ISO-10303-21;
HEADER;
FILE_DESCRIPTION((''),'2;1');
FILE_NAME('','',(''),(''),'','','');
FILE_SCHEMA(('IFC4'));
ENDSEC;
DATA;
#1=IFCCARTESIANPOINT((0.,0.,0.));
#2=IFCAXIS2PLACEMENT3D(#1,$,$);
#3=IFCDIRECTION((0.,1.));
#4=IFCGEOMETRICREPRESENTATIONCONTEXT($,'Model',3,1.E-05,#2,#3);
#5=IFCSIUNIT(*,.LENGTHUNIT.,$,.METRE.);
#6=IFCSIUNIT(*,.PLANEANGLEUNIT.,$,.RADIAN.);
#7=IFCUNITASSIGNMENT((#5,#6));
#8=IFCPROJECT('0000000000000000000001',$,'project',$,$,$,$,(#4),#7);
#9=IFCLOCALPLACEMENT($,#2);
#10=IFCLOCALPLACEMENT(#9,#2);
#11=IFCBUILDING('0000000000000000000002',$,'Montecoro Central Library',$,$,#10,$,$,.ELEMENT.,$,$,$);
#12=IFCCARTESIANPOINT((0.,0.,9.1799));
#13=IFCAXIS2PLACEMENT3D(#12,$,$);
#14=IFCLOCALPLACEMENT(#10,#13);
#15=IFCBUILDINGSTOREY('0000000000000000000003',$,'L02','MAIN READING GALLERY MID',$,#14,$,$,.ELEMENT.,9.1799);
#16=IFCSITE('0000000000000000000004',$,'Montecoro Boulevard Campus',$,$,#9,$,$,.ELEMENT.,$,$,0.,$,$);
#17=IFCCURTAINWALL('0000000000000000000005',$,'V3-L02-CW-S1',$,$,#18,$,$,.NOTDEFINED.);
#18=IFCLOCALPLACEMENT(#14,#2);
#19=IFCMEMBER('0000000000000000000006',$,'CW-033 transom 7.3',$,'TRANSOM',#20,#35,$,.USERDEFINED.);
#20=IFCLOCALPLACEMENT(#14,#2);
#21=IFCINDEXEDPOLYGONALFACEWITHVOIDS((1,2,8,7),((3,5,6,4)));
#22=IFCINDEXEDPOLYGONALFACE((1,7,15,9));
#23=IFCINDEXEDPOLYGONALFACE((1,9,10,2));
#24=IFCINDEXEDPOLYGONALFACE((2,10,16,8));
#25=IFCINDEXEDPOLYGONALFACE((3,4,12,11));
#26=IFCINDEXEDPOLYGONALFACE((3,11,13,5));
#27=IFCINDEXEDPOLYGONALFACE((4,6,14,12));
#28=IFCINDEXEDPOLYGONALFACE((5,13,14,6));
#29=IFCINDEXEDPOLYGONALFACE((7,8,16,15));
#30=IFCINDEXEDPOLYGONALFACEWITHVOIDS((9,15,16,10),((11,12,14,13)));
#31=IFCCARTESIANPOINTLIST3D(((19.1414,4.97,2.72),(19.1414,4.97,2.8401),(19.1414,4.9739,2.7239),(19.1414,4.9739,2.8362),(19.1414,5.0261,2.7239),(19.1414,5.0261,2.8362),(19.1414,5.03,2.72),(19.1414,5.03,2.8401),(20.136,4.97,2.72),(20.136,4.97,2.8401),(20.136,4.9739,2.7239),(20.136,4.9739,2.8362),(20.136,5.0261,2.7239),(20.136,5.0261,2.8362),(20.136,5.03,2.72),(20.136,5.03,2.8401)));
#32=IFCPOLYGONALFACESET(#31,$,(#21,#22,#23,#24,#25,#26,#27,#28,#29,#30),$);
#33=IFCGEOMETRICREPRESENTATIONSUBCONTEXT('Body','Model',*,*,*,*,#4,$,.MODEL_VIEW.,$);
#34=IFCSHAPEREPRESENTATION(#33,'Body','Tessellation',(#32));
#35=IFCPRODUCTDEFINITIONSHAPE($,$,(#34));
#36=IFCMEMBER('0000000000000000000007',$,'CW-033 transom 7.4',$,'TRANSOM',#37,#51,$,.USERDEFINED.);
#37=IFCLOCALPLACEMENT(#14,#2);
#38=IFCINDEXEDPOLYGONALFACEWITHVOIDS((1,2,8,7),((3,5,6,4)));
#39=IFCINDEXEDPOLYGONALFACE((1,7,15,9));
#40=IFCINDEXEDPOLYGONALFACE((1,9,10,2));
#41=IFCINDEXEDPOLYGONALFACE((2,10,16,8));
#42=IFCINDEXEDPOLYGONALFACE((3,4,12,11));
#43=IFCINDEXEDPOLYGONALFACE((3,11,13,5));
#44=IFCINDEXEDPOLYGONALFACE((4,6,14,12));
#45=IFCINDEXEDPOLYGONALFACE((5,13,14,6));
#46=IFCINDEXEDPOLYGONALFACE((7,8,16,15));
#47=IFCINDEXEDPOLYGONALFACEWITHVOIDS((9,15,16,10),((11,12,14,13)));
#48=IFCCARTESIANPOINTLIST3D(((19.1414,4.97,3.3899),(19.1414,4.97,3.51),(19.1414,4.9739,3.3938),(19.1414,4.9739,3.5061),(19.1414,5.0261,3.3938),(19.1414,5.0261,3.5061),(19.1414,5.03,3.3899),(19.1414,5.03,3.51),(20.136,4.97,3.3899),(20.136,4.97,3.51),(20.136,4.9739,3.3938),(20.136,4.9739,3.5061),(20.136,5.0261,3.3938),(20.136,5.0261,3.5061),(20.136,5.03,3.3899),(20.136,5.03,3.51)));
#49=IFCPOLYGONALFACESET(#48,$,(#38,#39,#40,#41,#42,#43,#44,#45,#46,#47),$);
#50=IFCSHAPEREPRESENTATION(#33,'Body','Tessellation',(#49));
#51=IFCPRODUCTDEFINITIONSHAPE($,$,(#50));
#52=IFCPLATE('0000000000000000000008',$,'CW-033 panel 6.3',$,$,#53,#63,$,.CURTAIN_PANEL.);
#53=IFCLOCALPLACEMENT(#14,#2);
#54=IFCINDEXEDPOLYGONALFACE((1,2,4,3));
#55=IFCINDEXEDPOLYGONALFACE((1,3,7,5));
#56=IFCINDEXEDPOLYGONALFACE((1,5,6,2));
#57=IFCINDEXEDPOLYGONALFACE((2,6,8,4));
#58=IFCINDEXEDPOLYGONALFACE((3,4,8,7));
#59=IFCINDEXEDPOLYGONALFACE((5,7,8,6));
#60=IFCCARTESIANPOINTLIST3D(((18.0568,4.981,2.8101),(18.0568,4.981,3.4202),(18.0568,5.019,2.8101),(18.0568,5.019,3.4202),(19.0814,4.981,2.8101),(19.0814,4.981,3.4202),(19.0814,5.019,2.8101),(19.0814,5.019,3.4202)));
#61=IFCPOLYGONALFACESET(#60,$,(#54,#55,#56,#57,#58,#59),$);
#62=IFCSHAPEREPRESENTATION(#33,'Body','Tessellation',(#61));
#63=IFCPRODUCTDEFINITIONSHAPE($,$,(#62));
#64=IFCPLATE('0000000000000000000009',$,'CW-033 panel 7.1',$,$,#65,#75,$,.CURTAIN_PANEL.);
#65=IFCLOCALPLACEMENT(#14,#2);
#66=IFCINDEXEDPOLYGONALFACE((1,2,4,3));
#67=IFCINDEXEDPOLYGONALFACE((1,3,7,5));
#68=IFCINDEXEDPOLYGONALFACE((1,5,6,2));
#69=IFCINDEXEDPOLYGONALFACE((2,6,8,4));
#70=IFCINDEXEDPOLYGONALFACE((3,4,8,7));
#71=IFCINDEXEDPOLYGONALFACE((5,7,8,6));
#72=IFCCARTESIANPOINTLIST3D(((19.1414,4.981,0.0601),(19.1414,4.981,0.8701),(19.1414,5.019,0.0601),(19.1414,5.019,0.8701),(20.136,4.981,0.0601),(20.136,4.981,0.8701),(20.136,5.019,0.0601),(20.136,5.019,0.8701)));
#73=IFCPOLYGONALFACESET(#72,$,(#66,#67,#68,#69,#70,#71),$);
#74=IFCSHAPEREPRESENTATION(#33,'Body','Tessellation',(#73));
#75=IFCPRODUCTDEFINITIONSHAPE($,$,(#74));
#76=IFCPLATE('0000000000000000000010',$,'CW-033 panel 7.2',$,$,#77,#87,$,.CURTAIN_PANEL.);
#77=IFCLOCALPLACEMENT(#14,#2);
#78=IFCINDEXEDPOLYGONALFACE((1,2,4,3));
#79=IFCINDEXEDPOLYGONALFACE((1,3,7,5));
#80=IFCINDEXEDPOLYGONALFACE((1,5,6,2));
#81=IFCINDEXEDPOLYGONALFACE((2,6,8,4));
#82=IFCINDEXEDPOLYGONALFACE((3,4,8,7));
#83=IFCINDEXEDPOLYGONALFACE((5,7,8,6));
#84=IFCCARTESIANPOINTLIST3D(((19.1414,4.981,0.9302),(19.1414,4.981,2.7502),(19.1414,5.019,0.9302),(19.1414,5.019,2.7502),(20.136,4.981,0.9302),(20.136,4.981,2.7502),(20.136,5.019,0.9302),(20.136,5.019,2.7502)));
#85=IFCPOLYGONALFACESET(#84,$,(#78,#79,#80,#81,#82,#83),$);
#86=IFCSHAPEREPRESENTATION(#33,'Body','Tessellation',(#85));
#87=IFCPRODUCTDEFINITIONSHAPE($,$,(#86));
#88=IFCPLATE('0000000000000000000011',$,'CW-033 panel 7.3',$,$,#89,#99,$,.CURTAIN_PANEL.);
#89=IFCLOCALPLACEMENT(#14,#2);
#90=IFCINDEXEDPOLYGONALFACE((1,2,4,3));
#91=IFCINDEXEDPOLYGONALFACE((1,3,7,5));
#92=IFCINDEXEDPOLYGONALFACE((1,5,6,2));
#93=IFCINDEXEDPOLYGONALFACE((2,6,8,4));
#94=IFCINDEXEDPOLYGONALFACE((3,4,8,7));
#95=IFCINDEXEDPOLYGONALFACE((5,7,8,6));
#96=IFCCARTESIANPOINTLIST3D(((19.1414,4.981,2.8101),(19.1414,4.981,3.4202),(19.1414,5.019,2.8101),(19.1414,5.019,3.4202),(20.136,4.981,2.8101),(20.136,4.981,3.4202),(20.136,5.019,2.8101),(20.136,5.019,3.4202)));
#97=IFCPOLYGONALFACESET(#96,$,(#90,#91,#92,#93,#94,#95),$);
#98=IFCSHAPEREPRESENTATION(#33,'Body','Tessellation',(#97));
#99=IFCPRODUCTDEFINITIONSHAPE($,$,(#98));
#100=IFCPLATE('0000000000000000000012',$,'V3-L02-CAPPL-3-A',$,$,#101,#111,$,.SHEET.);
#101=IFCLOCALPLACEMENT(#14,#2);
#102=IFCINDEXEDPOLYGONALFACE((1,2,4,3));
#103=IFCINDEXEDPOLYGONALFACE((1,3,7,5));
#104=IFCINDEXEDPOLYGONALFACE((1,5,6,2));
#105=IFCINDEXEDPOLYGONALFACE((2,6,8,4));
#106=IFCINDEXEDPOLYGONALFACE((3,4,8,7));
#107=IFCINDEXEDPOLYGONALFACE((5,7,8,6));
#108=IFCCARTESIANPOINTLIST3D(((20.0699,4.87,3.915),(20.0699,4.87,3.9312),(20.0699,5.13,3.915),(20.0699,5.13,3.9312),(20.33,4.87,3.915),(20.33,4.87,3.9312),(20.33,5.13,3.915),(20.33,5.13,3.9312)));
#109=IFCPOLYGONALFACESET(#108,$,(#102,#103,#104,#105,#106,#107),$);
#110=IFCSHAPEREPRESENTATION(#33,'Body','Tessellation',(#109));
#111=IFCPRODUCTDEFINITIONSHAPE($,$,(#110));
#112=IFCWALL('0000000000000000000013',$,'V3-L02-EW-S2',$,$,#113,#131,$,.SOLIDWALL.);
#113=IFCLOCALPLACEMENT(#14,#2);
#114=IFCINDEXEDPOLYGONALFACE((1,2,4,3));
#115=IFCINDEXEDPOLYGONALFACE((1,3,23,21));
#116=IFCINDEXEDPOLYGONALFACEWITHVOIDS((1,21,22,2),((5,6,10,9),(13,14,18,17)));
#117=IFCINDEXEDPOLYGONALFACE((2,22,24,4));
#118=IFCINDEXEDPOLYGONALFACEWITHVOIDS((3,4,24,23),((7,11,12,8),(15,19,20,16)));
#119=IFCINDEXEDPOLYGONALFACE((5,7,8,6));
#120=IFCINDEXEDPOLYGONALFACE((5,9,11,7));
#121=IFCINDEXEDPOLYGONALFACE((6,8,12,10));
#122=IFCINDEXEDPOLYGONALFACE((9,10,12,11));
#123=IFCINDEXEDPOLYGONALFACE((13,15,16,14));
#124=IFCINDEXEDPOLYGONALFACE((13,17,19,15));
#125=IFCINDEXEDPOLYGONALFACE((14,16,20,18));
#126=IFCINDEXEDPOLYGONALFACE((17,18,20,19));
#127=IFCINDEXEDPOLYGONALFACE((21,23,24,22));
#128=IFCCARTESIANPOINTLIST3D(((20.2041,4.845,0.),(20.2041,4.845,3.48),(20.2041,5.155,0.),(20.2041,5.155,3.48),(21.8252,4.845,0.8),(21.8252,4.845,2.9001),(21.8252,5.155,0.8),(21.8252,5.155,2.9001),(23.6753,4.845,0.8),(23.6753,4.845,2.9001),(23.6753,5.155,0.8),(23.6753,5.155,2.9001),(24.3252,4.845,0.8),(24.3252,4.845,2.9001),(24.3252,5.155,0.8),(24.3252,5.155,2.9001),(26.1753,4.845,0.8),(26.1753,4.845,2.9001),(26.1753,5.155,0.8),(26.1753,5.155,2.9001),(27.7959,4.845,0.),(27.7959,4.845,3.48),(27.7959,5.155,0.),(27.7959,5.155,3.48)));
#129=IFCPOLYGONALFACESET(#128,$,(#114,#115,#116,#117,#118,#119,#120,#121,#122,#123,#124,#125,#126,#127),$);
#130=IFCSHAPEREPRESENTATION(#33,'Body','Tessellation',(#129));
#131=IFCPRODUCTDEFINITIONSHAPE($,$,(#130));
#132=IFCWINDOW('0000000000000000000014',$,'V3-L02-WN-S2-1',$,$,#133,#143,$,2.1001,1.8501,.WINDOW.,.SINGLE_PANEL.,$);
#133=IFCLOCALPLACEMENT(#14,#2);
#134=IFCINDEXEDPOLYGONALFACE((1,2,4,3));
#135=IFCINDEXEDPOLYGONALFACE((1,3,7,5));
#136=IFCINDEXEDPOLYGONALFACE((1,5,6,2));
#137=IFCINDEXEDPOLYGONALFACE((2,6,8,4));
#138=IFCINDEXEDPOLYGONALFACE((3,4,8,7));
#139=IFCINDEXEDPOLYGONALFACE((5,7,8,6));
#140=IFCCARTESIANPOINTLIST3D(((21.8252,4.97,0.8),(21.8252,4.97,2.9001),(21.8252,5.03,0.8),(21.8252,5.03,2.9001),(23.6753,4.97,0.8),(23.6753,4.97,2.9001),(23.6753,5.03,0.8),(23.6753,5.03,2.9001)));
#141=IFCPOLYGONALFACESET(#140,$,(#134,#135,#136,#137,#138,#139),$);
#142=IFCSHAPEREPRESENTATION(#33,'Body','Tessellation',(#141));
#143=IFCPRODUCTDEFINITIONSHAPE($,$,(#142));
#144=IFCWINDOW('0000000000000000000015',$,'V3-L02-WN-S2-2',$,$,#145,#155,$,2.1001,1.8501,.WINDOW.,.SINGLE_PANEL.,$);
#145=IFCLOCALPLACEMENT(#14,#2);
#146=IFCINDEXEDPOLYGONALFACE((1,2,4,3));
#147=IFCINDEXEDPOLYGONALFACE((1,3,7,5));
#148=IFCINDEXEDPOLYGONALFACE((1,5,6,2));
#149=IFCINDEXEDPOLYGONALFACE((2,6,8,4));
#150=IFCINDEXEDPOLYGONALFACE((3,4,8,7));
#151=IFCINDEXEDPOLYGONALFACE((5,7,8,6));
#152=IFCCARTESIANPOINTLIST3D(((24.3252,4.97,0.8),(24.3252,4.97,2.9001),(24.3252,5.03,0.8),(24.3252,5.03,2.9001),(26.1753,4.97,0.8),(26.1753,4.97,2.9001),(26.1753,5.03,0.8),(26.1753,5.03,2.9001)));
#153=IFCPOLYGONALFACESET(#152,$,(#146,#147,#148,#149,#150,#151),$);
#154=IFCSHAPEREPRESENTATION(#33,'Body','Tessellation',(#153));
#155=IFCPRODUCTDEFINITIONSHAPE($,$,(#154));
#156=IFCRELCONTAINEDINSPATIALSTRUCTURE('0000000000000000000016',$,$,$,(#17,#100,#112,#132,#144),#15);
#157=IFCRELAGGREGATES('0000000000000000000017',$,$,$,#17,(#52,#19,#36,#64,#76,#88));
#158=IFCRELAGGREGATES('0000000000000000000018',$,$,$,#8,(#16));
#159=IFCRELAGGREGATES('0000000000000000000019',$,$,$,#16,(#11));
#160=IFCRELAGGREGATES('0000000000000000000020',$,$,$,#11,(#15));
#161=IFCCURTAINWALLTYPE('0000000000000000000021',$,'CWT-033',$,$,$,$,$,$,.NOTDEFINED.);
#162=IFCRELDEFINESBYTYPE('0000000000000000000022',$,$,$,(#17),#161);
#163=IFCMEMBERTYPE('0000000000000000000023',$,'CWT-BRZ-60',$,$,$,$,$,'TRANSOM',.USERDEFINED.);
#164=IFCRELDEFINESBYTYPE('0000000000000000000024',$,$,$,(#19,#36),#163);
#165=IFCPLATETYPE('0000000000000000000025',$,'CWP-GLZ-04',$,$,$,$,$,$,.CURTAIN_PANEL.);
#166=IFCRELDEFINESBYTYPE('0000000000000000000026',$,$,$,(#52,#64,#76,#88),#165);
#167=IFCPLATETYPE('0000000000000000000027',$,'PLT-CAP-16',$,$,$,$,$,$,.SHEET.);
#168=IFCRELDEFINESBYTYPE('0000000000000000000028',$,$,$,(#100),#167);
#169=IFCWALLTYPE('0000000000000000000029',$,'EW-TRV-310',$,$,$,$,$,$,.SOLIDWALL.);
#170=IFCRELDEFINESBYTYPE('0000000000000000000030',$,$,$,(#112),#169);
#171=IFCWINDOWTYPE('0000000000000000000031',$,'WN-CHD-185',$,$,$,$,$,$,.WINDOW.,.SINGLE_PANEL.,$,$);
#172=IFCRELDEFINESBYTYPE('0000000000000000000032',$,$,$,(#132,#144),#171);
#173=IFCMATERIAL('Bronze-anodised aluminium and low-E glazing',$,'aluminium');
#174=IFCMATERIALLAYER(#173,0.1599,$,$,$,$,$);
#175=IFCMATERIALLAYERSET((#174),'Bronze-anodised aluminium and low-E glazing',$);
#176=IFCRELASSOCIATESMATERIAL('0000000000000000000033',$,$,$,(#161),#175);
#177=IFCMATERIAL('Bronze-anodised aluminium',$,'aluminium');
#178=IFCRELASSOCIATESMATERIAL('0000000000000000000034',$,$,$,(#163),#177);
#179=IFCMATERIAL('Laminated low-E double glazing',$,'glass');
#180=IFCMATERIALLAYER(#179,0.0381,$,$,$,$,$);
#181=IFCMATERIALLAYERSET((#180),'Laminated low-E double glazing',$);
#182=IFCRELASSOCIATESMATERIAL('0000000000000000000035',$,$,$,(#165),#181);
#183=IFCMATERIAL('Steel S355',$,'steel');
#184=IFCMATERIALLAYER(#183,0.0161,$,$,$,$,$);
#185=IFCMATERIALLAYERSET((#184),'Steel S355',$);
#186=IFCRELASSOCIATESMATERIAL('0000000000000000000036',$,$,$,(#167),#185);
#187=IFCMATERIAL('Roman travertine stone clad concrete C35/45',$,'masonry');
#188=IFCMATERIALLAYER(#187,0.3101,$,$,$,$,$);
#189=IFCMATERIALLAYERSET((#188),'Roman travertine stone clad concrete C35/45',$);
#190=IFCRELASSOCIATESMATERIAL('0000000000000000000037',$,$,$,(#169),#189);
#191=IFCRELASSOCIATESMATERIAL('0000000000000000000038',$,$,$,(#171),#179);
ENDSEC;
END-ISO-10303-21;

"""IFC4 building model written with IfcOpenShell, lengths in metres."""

from ifc_helpers import new_model, si_unit, direction, frame, frame_2d, origin, origin_2d, place, context, subcontext, project, spatial, rectangle, hollow_rectangle, extrude, material, layer, layer_set, material_profile, profile_set, type_object, element, fill, aggregate, save


model = new_model("IFC4")

# Units and contexts
model_context = context("Model", 3, precision=1e-05, world=origin(), true_north=direction((0.0, 1.0)))
body_context = subcontext(model_context, "Body", "Model", "MODEL_VIEW")
ifc_project = project(units=[si_unit("LENGTHUNIT", "METRE"), si_unit("PLANEANGLEUNIT", "RADIAN")], contexts=[model_context])

# Site, building, storey
site_placement = place(None, origin())
site = spatial("IfcSite", under=ifc_project, at=site_placement, Name="Montecoro Boulevard Campus", CompositionType="ELEMENT", RefElevation=0.0)
building_placement = place(site_placement, origin())
building = spatial("IfcBuilding", under=site, at=building_placement, Name="Montecoro Central Library", CompositionType="ELEMENT")
storey_placement = place(building_placement, frame((0.0, 0.0, 9.1799)))
storey = spatial("IfcBuildingStorey", under=building, at=storey_placement, Name="L02", Description="MAIN READING GALLERY MID", CompositionType="ELEMENT", Elevation=9.1799)

# Shared definitions
ifc_material_1 = material(Name="Steel S355", Category="steel")

# Curtain wall, members, plates
ifc_material_2 = material(Name="Bronze-anodised aluminium and low-E glazing", Category="aluminium")
ifc_layer_1 = layer(ifc_material_2, 0.1599)
ifc_layer_set_1 = layer_set([ifc_layer_1], Name="Bronze-anodised aluminium and low-E glazing")
curtain_wall_type = type_object("IfcCurtainWallType", Name="CWT-033", PredefinedType="NOTDEFINED", material=ifc_layer_set_1)
curtain_wall_placement = place(storey_placement, origin())
curtain_wall = element("IfcCurtainWall", 1, at=curtain_wall_placement, inside=storey, type_object=curtain_wall_type, Name="V3-L02-CW-S1", PredefinedType="NOTDEFINED")
ifc_material_3 = material(Name="Bronze-anodised aluminium", Category="aluminium")
ifc_material_profile_1 = material_profile(ifc_material_3, hollow_rectangle(XDim=0.0601, YDim=0.1201, WallThickness=0.0039, at=origin_2d()), Name="CWT 120x60x4.0")
ifc_profile_set_1 = profile_set([ifc_material_profile_1], Name="Bronze-anodised aluminium")
member_type_1 = type_object("IfcMemberType", Name="CWT-BRZ-60", ElementType="TRANSOM", PredefinedType="USERDEFINED", material=ifc_profile_set_1)
member_1_placement = place(storey_placement, frame((19.1414, 5.0, 2.78), z_axis=(1.0, 0.0, 0.0), x_axis=(0.0, 1.0, 0.0)))
member_1 = element("IfcMember", 2, at=member_1_placement, type_object=member_type_1, Name="CW-033 transom 7.3", ObjectType="TRANSOM", PredefinedType="USERDEFINED", context=body_context, shape_type="SweptSolid", body=[
    extrude(hollow_rectangle(XDim=0.0601, YDim=0.1201, WallThickness=0.0039, at=origin_2d()), origin(), (0.0, 0.0, 1.0), 0.9946),
])
member_2_placement = place(storey_placement, frame((19.1414, 5.0, 3.45), z_axis=(1.0, 0.0, 0.0), x_axis=(0.0, 1.0, 0.0)))
member_2 = element("IfcMember", 3, at=member_2_placement, type_object=member_type_1, Name="CW-033 transom 7.4", ObjectType="TRANSOM", PredefinedType="USERDEFINED", context=body_context, shape_type="SweptSolid", body=[
    extrude(hollow_rectangle(XDim=0.0601, YDim=0.1201, WallThickness=0.0039, at=origin_2d()), origin(), (0.0, 0.0, 1.0), 0.9946),
])
ifc_material_4 = material(Name="Laminated low-E double glazing", Category="glass")
ifc_layer_2 = layer(ifc_material_4, 0.0381)
ifc_layer_set_2 = layer_set([ifc_layer_2], Name="Laminated low-E double glazing")
plate_type_1 = type_object("IfcPlateType", Name="CWP-GLZ-04", PredefinedType="CURTAIN_PANEL", material=ifc_layer_set_2)
plate_1_placement = place(storey_placement, frame((18.5691, 5.0, 2.8101), z_axis=(0.0, 0.0, 1.0), x_axis=(1.0, 0.0, 0.0)))
plate_1 = element("IfcPlate", 4, at=plate_1_placement, type_object=plate_type_1, Name="CW-033 panel 6.3", PredefinedType="CURTAIN_PANEL", context=body_context, shape_type="SweptSolid", body=[
    extrude(rectangle(XDim=1.0247, YDim=0.0381, at=origin_2d()), origin(), (0.0, 0.0, 1.0), 0.6101),
])
plate_2_placement = place(storey_placement, frame((19.6387, 5.0, 0.0601), z_axis=(0.0, 0.0, 1.0), x_axis=(1.0, 0.0, 0.0)))
plate_2 = element("IfcPlate", 5, at=plate_2_placement, type_object=plate_type_1, Name="CW-033 panel 7.1", PredefinedType="CURTAIN_PANEL", context=body_context, shape_type="SweptSolid", body=[
    extrude(rectangle(XDim=0.9946, YDim=0.0381, at=origin_2d()), origin(), (0.0, 0.0, 1.0), 0.8101),
])
plate_3_placement = place(storey_placement, frame((19.6387, 5.0, 0.9302), z_axis=(0.0, 0.0, 1.0), x_axis=(1.0, 0.0, 0.0)))
plate_3 = element("IfcPlate", 6, at=plate_3_placement, type_object=plate_type_1, Name="CW-033 panel 7.2", PredefinedType="CURTAIN_PANEL", context=body_context, shape_type="SweptSolid", body=[
    extrude(rectangle(XDim=0.9946, YDim=0.0381, at=origin_2d()), origin(), (0.0, 0.0, 1.0), 1.8201),
])
plate_4_placement = place(storey_placement, frame((19.6387, 5.0, 2.8101), z_axis=(0.0, 0.0, 1.0), x_axis=(1.0, 0.0, 0.0)))
plate_4 = element("IfcPlate", 7, at=plate_4_placement, type_object=plate_type_1, Name="CW-033 panel 7.3", PredefinedType="CURTAIN_PANEL", context=body_context, shape_type="SweptSolid", body=[
    extrude(rectangle(XDim=0.9946, YDim=0.0381, at=origin_2d()), origin(), (0.0, 0.0, 1.0), 0.6101),
])
aggregate(curtain_wall, [plate_1, member_1, member_2, plate_2, plate_3, plate_4])

# Plate
ifc_layer_3 = layer(ifc_material_1, 0.0161)
ifc_layer_set_3 = layer_set([ifc_layer_3], Name="Steel S355")
plate_type_2 = type_object("IfcPlateType", Name="PLT-CAP-16", PredefinedType="SHEET", material=ifc_layer_set_3)
plate_5_placement = place(storey_placement, frame((20.2, 5.0, 3.915), z_axis=(0.0, 0.0, 1.0), x_axis=(1.0, 0.0, 0.0)))
element("IfcPlate", 8, at=plate_5_placement, inside=storey, type_object=plate_type_2, Name="V3-L02-CAPPL-3-A", PredefinedType="SHEET", context=body_context, shape_type="SweptSolid", body=[
    extrude(rectangle(XDim=0.26, YDim=0.26, at=origin_2d()), origin(), (0.0, 0.0, 1.0), 0.0161),
])

# Wall, openings, windows
ifc_material_5 = material(Name="Roman travertine stone clad concrete C35/45", Category="masonry")
ifc_layer_4 = layer(ifc_material_5, 0.3101)
ifc_layer_set_4 = layer_set([ifc_layer_4], Name="Roman travertine stone clad concrete C35/45")
wall_type_1 = type_object("IfcWallType", Name="EW-TRV-310", PredefinedType="SOLIDWALL", material=ifc_layer_set_4)
wall_1_placement = place(storey_placement, frame((20.2041, 5.0, 0.0), z_axis=(0.0, 0.0, 1.0), x_axis=(1.0, 0.0, 0.0)))
wall_1 = element("IfcWall", 9, at=wall_1_placement, inside=storey, type_object=wall_type_1, Name="V3-L02-EW-S2", PredefinedType="SOLIDWALL", context=body_context, shape_type="SweptSolid", body=[
    extrude(rectangle(XDim=7.5918, YDim=0.3101, at=frame_2d((3.7959, 0.0))), origin(), (0.0, 0.0, 1.0), 3.48),
])
opening_1_placement = place(wall_1_placement, frame((1.6211, 0.0, 0.8)))
opening_1 = element("IfcOpeningElement", 10, at=opening_1_placement, cuts=wall_1, PredefinedType="OPENING", context=body_context, shape_type="SweptSolid", body=[
    extrude(rectangle(XDim=1.8501, YDim=2.1001, at=frame_2d((0.925, 1.05))), frame((0.0, 0.165, 0.0), z_axis=(0.0, -1.0, 0.0), x_axis=(1.0, 0.0, 0.0)), (0.0, 0.0, 1.0), 0.3301),
])
opening_2_placement = place(wall_1_placement, frame((4.1211, 0.0, 0.8)))
opening_2 = element("IfcOpeningElement", 11, at=opening_2_placement, cuts=wall_1, PredefinedType="OPENING", context=body_context, shape_type="SweptSolid", body=[
    extrude(rectangle(XDim=1.8501, YDim=2.1001, at=frame_2d((0.925, 1.05))), frame((0.0, 0.165, 0.0), z_axis=(0.0, -1.0, 0.0), x_axis=(1.0, 0.0, 0.0)), (0.0, 0.0, 1.0), 0.3301),
])
window_type = type_object("IfcWindowType", Name="WN-CHD-185", PartitioningType="SINGLE_PANEL", PredefinedType="WINDOW", material=ifc_material_4)
window_1_placement = place(opening_1_placement, origin())
window_1 = element("IfcWindow", 12, at=window_1_placement, inside=storey, type_object=window_type, Name="V3-L02-WN-S2-1", OverallHeight=2.1001, OverallWidth=1.8501, PartitioningType="SINGLE_PANEL", PredefinedType="WINDOW", context=body_context, shape_type="SweptSolid", body=[
    extrude(rectangle(XDim=1.8501, YDim=2.1001, at=frame_2d((0.925, 1.05))), frame((0.0, 0.03, 0.0), z_axis=(0.0, -1.0, 0.0), x_axis=(1.0, 0.0, 0.0)), (0.0, 0.0, 1.0), 0.0601),
])
fill(opening_1, window_1)
window_2_placement = place(opening_2_placement, origin())
window_2 = element("IfcWindow", 13, at=window_2_placement, inside=storey, type_object=window_type, Name="V3-L02-WN-S2-2", OverallHeight=2.1001, OverallWidth=1.8501, PartitioningType="SINGLE_PANEL", PredefinedType="WINDOW", context=body_context, shape_type="SweptSolid", body=[
    extrude(rectangle(XDim=1.8501, YDim=2.1001, at=frame_2d((0.925, 1.05))), frame((0.0, 0.03, 0.0), z_axis=(0.0, -1.0, 0.0), x_axis=(1.0, 0.0, 0.0)), (0.0, 0.0, 1.0), 0.0601),
])
fill(opening_2, window_2)

save(model, "model.ifc")
